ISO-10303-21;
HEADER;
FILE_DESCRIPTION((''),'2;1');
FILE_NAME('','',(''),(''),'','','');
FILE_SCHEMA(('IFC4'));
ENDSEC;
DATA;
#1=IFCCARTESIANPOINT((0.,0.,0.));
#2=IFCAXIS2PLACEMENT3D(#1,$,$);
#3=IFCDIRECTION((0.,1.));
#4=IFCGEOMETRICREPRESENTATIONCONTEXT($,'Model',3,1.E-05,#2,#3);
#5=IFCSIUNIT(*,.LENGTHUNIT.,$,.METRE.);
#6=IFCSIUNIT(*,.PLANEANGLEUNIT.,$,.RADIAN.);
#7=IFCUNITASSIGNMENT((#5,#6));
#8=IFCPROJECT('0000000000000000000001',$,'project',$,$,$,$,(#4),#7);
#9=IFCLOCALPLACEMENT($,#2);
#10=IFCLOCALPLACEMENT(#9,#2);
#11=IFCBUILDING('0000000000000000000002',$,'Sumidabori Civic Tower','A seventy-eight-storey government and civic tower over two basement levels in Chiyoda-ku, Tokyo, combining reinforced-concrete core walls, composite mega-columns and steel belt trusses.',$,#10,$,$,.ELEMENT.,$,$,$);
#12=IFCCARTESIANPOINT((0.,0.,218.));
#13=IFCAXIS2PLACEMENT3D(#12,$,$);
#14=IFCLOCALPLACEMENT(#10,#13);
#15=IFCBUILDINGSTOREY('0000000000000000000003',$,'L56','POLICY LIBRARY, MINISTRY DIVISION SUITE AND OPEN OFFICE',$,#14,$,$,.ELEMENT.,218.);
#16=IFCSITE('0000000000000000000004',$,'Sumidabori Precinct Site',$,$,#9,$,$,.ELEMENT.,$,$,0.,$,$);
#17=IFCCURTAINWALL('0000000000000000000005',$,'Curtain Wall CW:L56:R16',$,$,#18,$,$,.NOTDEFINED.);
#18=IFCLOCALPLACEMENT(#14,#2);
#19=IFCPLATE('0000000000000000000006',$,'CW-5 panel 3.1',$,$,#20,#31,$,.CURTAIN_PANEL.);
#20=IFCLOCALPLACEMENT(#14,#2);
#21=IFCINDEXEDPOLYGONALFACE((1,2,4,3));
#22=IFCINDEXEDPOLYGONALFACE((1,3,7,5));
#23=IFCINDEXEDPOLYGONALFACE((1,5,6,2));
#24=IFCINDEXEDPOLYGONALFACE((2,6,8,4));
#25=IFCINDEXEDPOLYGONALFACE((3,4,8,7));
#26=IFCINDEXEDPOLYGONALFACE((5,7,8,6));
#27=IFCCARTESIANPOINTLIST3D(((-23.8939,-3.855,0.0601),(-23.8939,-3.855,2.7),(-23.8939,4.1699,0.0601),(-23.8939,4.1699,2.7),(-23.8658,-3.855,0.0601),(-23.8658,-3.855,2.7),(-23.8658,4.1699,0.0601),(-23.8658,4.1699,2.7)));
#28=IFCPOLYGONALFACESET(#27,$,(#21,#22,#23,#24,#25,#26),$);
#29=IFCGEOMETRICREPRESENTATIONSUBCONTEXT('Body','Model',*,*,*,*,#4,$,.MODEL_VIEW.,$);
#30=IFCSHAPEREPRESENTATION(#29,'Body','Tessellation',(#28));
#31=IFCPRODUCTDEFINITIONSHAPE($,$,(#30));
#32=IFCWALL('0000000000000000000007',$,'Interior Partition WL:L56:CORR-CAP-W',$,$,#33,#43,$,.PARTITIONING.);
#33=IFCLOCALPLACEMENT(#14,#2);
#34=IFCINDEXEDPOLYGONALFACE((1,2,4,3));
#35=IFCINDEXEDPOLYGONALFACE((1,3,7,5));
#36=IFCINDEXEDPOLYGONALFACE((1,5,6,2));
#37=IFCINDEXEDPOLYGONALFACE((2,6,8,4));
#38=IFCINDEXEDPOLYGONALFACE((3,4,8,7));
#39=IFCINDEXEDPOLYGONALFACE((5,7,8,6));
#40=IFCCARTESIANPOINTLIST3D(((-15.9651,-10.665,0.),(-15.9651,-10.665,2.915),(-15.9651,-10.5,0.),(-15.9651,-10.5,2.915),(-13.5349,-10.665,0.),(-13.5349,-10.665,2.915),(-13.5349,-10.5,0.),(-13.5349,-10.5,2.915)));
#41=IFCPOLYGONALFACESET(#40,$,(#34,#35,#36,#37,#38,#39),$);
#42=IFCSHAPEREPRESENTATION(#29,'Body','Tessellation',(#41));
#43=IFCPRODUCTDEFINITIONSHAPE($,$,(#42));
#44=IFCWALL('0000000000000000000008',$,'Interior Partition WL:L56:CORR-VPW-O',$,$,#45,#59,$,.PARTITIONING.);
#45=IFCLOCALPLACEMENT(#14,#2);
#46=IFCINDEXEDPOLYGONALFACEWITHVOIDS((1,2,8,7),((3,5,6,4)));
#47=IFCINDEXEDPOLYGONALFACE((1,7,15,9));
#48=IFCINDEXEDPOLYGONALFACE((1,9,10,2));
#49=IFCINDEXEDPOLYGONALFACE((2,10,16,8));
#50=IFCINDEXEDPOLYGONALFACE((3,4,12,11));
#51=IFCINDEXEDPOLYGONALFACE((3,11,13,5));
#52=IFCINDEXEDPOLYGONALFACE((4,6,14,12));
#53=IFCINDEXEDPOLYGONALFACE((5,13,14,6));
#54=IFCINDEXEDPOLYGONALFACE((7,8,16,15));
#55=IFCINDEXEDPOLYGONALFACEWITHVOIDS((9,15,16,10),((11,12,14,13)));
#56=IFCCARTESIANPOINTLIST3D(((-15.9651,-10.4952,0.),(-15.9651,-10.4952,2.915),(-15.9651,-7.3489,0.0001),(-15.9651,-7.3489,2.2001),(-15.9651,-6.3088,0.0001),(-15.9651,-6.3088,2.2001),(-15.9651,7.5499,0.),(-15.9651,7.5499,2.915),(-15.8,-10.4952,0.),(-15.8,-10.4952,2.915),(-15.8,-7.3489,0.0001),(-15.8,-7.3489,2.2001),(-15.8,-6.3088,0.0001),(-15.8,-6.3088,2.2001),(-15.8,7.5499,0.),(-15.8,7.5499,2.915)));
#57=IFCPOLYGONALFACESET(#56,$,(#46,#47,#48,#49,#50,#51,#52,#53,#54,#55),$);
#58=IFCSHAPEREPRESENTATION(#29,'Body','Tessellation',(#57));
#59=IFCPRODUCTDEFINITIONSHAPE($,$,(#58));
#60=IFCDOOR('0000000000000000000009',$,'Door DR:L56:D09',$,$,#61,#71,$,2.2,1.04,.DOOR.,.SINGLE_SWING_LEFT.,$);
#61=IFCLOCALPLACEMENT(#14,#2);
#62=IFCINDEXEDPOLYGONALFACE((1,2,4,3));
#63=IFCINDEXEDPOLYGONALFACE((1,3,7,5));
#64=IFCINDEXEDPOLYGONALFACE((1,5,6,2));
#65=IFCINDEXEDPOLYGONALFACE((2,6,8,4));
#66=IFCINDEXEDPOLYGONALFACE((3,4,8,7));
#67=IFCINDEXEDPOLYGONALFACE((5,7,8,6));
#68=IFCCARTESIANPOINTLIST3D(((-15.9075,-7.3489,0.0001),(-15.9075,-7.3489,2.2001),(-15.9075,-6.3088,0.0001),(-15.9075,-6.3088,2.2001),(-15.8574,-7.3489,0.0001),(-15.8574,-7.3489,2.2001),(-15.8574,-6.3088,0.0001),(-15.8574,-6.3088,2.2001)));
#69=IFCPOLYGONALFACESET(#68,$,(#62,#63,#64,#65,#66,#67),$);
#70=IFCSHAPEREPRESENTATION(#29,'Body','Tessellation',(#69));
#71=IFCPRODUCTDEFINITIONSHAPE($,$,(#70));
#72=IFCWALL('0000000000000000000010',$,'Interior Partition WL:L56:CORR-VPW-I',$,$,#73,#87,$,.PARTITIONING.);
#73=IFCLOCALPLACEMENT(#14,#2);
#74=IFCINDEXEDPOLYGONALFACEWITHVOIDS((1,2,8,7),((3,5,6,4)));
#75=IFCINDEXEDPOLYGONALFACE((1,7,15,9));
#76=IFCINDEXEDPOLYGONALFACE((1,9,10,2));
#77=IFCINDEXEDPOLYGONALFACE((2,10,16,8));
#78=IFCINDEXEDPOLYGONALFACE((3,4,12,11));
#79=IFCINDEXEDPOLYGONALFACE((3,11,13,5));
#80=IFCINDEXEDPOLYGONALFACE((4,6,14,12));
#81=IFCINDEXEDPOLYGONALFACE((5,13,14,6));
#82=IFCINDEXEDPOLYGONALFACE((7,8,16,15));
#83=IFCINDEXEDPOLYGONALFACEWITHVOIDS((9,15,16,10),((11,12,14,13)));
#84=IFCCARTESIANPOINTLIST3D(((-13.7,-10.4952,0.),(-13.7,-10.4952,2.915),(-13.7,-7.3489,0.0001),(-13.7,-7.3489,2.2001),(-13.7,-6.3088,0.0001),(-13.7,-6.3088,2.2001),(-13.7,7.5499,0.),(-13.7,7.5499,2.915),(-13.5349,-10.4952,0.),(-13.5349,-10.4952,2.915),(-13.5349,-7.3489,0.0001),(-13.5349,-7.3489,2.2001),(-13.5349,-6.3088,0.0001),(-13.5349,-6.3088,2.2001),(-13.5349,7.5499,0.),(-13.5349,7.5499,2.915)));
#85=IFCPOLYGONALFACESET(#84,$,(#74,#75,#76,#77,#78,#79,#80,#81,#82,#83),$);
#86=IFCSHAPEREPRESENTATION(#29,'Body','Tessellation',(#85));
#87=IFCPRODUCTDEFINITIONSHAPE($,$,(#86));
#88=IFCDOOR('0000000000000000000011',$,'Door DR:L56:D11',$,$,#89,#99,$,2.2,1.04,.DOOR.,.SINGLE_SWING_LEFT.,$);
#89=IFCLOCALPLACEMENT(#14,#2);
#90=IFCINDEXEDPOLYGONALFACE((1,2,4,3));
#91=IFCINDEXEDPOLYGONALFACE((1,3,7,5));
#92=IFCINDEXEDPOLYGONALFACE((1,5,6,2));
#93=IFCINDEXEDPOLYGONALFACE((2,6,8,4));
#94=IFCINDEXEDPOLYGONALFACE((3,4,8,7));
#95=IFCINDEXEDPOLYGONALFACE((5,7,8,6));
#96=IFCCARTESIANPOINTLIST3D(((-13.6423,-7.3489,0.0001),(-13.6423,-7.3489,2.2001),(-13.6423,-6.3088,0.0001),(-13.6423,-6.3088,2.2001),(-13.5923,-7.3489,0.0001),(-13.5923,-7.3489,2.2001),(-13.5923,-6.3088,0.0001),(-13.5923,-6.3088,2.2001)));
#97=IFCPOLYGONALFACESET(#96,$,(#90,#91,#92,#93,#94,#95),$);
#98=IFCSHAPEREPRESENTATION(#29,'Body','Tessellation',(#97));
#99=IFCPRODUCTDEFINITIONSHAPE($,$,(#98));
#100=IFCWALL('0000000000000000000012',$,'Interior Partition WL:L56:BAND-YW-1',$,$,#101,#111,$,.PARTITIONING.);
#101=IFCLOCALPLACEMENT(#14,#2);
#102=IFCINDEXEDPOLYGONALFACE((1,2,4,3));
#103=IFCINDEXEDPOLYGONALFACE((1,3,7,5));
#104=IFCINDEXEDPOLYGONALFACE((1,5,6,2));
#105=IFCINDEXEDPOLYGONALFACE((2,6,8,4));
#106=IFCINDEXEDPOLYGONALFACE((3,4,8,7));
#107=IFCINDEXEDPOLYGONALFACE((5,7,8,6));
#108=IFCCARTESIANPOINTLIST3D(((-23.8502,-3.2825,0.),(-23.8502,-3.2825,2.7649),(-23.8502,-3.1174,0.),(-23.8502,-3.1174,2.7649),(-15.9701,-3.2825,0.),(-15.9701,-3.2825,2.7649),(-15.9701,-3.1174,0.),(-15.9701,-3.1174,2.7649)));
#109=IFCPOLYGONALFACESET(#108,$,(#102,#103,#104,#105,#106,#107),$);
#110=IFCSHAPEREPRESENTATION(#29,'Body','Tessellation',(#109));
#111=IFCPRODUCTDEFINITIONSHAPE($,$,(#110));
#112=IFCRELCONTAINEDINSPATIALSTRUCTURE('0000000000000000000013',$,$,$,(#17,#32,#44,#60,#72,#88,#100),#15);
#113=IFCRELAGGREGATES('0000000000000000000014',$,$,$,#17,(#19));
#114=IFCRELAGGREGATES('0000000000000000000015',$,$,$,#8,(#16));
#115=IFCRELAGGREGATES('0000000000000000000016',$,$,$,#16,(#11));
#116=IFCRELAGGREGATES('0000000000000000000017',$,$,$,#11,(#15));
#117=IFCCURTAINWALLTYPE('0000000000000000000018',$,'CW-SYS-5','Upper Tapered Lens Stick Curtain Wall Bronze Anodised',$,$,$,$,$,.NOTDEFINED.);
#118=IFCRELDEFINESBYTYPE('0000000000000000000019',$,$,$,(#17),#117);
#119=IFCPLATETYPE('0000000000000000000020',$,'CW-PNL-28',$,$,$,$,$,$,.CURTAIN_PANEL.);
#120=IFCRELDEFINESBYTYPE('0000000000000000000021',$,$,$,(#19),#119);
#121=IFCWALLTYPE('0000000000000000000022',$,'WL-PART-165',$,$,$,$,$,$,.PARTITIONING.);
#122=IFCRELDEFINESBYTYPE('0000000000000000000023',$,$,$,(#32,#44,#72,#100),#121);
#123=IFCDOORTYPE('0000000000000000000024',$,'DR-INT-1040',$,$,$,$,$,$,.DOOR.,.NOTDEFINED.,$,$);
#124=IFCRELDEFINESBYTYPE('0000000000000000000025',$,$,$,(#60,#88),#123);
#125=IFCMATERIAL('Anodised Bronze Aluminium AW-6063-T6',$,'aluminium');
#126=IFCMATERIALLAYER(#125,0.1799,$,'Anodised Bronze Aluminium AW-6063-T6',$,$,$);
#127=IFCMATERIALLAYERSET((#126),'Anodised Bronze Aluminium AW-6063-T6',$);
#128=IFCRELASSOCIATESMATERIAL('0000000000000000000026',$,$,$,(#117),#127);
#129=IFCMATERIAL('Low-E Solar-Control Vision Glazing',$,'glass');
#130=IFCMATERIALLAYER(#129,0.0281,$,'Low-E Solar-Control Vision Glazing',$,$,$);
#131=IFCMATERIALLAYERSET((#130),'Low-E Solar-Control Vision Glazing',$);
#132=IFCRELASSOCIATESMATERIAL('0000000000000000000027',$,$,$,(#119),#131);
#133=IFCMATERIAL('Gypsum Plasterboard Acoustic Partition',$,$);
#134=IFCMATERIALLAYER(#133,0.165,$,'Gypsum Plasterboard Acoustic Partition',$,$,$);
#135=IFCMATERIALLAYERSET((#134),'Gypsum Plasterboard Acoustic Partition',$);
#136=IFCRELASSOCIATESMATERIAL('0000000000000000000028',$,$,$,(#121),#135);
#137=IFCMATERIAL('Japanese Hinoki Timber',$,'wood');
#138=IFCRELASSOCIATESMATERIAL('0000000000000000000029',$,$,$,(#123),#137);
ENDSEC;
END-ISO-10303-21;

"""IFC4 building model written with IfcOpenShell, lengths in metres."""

from ifc_helpers import new_model, si_unit, direction, frame, frame_2d, origin, origin_2d, place, context, subcontext, project, spatial, rectangle, extrude, source, transform, mapped, material, layer, layer_set, type_object, element, fill, aggregate, save


model = new_model("IFC4")

# Units and contexts
model_context = context("Model", 3, precision=1e-05, world=origin(), true_north=direction((0.0, 1.0)))
body_context = subcontext(model_context, "Body", "Model", "MODEL_VIEW")
ifc_project = project(units=[si_unit("LENGTHUNIT", "METRE"), si_unit("PLANEANGLEUNIT", "RADIAN")], contexts=[model_context])

# Site, building, storey
site_placement = place(None, origin())
site = spatial("IfcSite", under=ifc_project, at=site_placement, Name="Sumidabori Precinct Site", CompositionType="ELEMENT", RefElevation=0.0)
building_placement = place(site_placement, origin())
building = spatial("IfcBuilding", under=site, at=building_placement, Name="Sumidabori Civic Tower", Description="A seventy-eight-storey government and civic tower over two basement levels in Chiyoda-ku, Tokyo, combining reinforced-concrete core walls, composite mega-columns and steel belt trusses.", CompositionType="ELEMENT")
storey_placement = place(building_placement, frame((0.0, 0.0, 218.0)))
storey = spatial("IfcBuildingStorey", under=building, at=storey_placement, Name="L56", Description="POLICY LIBRARY, MINISTRY DIVISION SUITE AND OPEN OFFICE", CompositionType="ELEMENT", Elevation=218.0)

# Curtain wall
ifc_material_1 = material(Name="Anodised Bronze Aluminium AW-6063-T6", Category="aluminium")
ifc_layer_1 = layer(ifc_material_1, 0.1799, Name="Anodised Bronze Aluminium AW-6063-T6")
ifc_layer_set_1 = layer_set([ifc_layer_1], Name="Anodised Bronze Aluminium AW-6063-T6")
curtain_wall_type = type_object("IfcCurtainWallType", Name="CW-SYS-5", Description="Upper Tapered Lens Stick Curtain Wall Bronze Anodised", PredefinedType="NOTDEFINED", material=ifc_layer_set_1)
curtain_wall_1_placement = place(storey_placement, origin())
curtain_wall_1 = element("IfcCurtainWall", 1, at=curtain_wall_1_placement, inside=storey, type_object=curtain_wall_type, Name="Curtain Wall CW:L56:R16", PredefinedType="NOTDEFINED")

# Plate
ifc_material_2 = material(Name="Low-E Solar-Control Vision Glazing", Category="glass")
ifc_layer_2 = layer(ifc_material_2, 0.0281, Name="Low-E Solar-Control Vision Glazing")
ifc_layer_set_2 = layer_set([ifc_layer_2], Name="Low-E Solar-Control Vision Glazing")
plate_type = type_object("IfcPlateType", Name="CW-PNL-28", PredefinedType="CURTAIN_PANEL", material=ifc_layer_set_2)
shared_shape_1 = source(origin(), body_context, "Body", "SweptSolid", [
    extrude(rectangle(XDim=8.0249, YDim=0.0281, at=origin_2d()), origin(), (0.0, 0.0, 1.0), 2.6399),
])
plate_1_placement = place(storey_placement, frame((-23.8799, 0.1575, 0.0601), z_axis=(0.0, 0.0, 1.0), x_axis=(0.0, -1.0, 0.0)))
plate_1 = element("IfcPlate", 2, at=plate_1_placement, type_object=plate_type, Name="CW-5 panel 3.1", PredefinedType="CURTAIN_PANEL", context=body_context, shape_type="MappedRepresentation", body=[
    mapped(shared_shape_1, transform((0.0, 0.0, 0.0), x_axis=(1.0, 0.0, 0.0), y_axis=(0.0, 1.0, 0.0), z_axis=(0.0, 0.0, 1.0), scale=1.0)),
])
aggregate(curtain_wall_1, [plate_1])

# Wall
ifc_material_3 = material(Name="Gypsum Plasterboard Acoustic Partition")
ifc_layer_3 = layer(ifc_material_3, 0.165, Name="Gypsum Plasterboard Acoustic Partition")
ifc_layer_set_3 = layer_set([ifc_layer_3], Name="Gypsum Plasterboard Acoustic Partition")
wall_type = type_object("IfcWallType", Name="WL-PART-165", PredefinedType="PARTITIONING", material=ifc_layer_set_3)
shared_shape_2 = source(origin(), body_context, "Body", "SweptSolid", [
    extrude(rectangle(XDim=2.4302, YDim=0.165, at=frame_2d((1.2151, 0.0))), origin(), (0.0, 0.0, 1.0), 2.915),
])
wall_1_placement = place(storey_placement, frame((-15.9651, -10.5825, 0.0), z_axis=(0.0, 0.0, 1.0), x_axis=(1.0, 0.0, 0.0)))
element("IfcWall", 3, at=wall_1_placement, inside=storey, type_object=wall_type, Name="Interior Partition WL:L56:CORR-CAP-W", PredefinedType="PARTITIONING", context=body_context, shape_type="MappedRepresentation", body=[
    mapped(shared_shape_2, transform((0.0, 0.0, 0.0), x_axis=(1.0, 0.0, 0.0), y_axis=(0.0, 1.0, 0.0), z_axis=(0.0, 0.0, 1.0), scale=1.0)),
])

# Walls, openings, doors
shared_shape_3 = source(origin(), body_context, "Body", "SweptSolid", [
    extrude(rectangle(XDim=18.0452, YDim=0.165, at=frame_2d((9.0225, 0.0))), origin(), (0.0, 0.0, 1.0), 2.915),
])
wall_2_placement = place(storey_placement, frame((-15.8826, -10.4951, 0.0), z_axis=(0.0, 0.0, 1.0), x_axis=(0.0, 1.0, 0.0)))
wall_2 = element("IfcWall", 4, at=wall_2_placement, inside=storey, type_object=wall_type, Name="Interior Partition WL:L56:CORR-VPW-O", PredefinedType="PARTITIONING", context=body_context, shape_type="MappedRepresentation", body=[
    mapped(shared_shape_3, transform((0.0, 0.0, 0.0), x_axis=(1.0, 0.0, 0.0), y_axis=(0.0, 1.0, 0.0), z_axis=(0.0, 0.0, 1.0), scale=1.0)),
])
opening_1_placement = place(wall_2_placement, frame((3.1462, 0.0, 0.0)))
opening_1 = element("IfcOpeningElement", 5, at=opening_1_placement, cuts=wall_2, PredefinedType="OPENING", context=body_context, shape_type="SweptSolid", body=[
    extrude(rectangle(XDim=1.04, YDim=2.2, at=frame_2d((0.52, 1.1001))), frame((0.0, 0.0945, 0.0), z_axis=(0.0, -1.0, 0.0), x_axis=(1.0, 0.0, 0.0)), (0.0, 0.0, 1.0), 0.189),
])
ifc_material_4 = material(Name="Japanese Hinoki Timber", Category="wood")
door_type = type_object("IfcDoorType", Name="DR-INT-1040", OperationType="NOTDEFINED", PredefinedType="DOOR", material=ifc_material_4)
shared_shape_4 = source(origin(), body_context, "Body", "SweptSolid", [
    extrude(rectangle(XDim=1.04, YDim=2.2, at=frame_2d((0.52, 1.1001))), frame((0.0, 0.0249, 0.0), z_axis=(0.0, -1.0, 0.0), x_axis=(1.0, 0.0, 0.0)), (0.0, 0.0, 1.0), 0.05),
])
door_1_placement = place(opening_1_placement, origin())
door_1 = element("IfcDoor", 6, at=door_1_placement, inside=storey, type_object=door_type, Name="Door DR:L56:D09", OperationType="SINGLE_SWING_LEFT", OverallHeight=2.2, OverallWidth=1.04, PredefinedType="DOOR", context=body_context, shape_type="MappedRepresentation", body=[
    mapped(shared_shape_4, transform((0.0, 0.0, 0.0), x_axis=(1.0, 0.0, 0.0), y_axis=(0.0, 1.0, 0.0), z_axis=(0.0, 0.0, 1.0), scale=1.0)),
])
fill(opening_1, door_1)
wall_3_placement = place(storey_placement, frame((-13.6174, -10.4951, 0.0), z_axis=(0.0, 0.0, 1.0), x_axis=(0.0, 1.0, 0.0)))
wall_3 = element("IfcWall", 7, at=wall_3_placement, inside=storey, type_object=wall_type, Name="Interior Partition WL:L56:CORR-VPW-I", PredefinedType="PARTITIONING", context=body_context, shape_type="MappedRepresentation", body=[
    mapped(shared_shape_3, transform((0.0, 0.0, 0.0), x_axis=(1.0, 0.0, 0.0), y_axis=(0.0, 1.0, 0.0), z_axis=(0.0, 0.0, 1.0), scale=1.0)),
])
opening_2_placement = place(wall_3_placement, frame((3.1462, 0.0, 0.0)))
opening_2 = element("IfcOpeningElement", 8, at=opening_2_placement, cuts=wall_3, PredefinedType="OPENING", context=body_context, shape_type="SweptSolid", body=[
    extrude(rectangle(XDim=1.04, YDim=2.2, at=frame_2d((0.52, 1.1001))), frame((0.0, 0.0945, 0.0), z_axis=(0.0, -1.0, 0.0), x_axis=(1.0, 0.0, 0.0)), (0.0, 0.0, 1.0), 0.189),
])
door_2_placement = place(opening_2_placement, origin())
door_2 = element("IfcDoor", 9, at=door_2_placement, inside=storey, type_object=door_type, Name="Door DR:L56:D11", OperationType="SINGLE_SWING_LEFT", OverallHeight=2.2, OverallWidth=1.04, PredefinedType="DOOR", context=body_context, shape_type="MappedRepresentation", body=[
    mapped(shared_shape_4, transform((0.0, 0.0, 0.0), x_axis=(1.0, 0.0, 0.0), y_axis=(0.0, 1.0, 0.0), z_axis=(0.0, 0.0, 1.0), scale=1.0)),
])
fill(opening_2, door_2)

# Wall
shared_shape_5 = source(origin(), body_context, "Body", "SweptSolid", [
    extrude(rectangle(XDim=7.8801, YDim=0.165, at=frame_2d((3.9399, 0.0))), origin(), (0.0, 0.0, 1.0), 2.7649),
])
wall_4_placement = place(storey_placement, frame((-23.8501, -3.2, 0.0), z_axis=(0.0, 0.0, 1.0), x_axis=(1.0, 0.0, 0.0)))
element("IfcWall", 10, at=wall_4_placement, inside=storey, type_object=wall_type, Name="Interior Partition WL:L56:BAND-YW-1", PredefinedType="PARTITIONING", context=body_context, shape_type="MappedRepresentation", body=[
    mapped(shared_shape_5, transform((0.0, 0.0, 0.0), x_axis=(1.0, 0.0, 0.0), y_axis=(0.0, 1.0, 0.0), z_axis=(0.0, 0.0, 1.0), scale=1.0)),
])

save(model, "model.ifc")
